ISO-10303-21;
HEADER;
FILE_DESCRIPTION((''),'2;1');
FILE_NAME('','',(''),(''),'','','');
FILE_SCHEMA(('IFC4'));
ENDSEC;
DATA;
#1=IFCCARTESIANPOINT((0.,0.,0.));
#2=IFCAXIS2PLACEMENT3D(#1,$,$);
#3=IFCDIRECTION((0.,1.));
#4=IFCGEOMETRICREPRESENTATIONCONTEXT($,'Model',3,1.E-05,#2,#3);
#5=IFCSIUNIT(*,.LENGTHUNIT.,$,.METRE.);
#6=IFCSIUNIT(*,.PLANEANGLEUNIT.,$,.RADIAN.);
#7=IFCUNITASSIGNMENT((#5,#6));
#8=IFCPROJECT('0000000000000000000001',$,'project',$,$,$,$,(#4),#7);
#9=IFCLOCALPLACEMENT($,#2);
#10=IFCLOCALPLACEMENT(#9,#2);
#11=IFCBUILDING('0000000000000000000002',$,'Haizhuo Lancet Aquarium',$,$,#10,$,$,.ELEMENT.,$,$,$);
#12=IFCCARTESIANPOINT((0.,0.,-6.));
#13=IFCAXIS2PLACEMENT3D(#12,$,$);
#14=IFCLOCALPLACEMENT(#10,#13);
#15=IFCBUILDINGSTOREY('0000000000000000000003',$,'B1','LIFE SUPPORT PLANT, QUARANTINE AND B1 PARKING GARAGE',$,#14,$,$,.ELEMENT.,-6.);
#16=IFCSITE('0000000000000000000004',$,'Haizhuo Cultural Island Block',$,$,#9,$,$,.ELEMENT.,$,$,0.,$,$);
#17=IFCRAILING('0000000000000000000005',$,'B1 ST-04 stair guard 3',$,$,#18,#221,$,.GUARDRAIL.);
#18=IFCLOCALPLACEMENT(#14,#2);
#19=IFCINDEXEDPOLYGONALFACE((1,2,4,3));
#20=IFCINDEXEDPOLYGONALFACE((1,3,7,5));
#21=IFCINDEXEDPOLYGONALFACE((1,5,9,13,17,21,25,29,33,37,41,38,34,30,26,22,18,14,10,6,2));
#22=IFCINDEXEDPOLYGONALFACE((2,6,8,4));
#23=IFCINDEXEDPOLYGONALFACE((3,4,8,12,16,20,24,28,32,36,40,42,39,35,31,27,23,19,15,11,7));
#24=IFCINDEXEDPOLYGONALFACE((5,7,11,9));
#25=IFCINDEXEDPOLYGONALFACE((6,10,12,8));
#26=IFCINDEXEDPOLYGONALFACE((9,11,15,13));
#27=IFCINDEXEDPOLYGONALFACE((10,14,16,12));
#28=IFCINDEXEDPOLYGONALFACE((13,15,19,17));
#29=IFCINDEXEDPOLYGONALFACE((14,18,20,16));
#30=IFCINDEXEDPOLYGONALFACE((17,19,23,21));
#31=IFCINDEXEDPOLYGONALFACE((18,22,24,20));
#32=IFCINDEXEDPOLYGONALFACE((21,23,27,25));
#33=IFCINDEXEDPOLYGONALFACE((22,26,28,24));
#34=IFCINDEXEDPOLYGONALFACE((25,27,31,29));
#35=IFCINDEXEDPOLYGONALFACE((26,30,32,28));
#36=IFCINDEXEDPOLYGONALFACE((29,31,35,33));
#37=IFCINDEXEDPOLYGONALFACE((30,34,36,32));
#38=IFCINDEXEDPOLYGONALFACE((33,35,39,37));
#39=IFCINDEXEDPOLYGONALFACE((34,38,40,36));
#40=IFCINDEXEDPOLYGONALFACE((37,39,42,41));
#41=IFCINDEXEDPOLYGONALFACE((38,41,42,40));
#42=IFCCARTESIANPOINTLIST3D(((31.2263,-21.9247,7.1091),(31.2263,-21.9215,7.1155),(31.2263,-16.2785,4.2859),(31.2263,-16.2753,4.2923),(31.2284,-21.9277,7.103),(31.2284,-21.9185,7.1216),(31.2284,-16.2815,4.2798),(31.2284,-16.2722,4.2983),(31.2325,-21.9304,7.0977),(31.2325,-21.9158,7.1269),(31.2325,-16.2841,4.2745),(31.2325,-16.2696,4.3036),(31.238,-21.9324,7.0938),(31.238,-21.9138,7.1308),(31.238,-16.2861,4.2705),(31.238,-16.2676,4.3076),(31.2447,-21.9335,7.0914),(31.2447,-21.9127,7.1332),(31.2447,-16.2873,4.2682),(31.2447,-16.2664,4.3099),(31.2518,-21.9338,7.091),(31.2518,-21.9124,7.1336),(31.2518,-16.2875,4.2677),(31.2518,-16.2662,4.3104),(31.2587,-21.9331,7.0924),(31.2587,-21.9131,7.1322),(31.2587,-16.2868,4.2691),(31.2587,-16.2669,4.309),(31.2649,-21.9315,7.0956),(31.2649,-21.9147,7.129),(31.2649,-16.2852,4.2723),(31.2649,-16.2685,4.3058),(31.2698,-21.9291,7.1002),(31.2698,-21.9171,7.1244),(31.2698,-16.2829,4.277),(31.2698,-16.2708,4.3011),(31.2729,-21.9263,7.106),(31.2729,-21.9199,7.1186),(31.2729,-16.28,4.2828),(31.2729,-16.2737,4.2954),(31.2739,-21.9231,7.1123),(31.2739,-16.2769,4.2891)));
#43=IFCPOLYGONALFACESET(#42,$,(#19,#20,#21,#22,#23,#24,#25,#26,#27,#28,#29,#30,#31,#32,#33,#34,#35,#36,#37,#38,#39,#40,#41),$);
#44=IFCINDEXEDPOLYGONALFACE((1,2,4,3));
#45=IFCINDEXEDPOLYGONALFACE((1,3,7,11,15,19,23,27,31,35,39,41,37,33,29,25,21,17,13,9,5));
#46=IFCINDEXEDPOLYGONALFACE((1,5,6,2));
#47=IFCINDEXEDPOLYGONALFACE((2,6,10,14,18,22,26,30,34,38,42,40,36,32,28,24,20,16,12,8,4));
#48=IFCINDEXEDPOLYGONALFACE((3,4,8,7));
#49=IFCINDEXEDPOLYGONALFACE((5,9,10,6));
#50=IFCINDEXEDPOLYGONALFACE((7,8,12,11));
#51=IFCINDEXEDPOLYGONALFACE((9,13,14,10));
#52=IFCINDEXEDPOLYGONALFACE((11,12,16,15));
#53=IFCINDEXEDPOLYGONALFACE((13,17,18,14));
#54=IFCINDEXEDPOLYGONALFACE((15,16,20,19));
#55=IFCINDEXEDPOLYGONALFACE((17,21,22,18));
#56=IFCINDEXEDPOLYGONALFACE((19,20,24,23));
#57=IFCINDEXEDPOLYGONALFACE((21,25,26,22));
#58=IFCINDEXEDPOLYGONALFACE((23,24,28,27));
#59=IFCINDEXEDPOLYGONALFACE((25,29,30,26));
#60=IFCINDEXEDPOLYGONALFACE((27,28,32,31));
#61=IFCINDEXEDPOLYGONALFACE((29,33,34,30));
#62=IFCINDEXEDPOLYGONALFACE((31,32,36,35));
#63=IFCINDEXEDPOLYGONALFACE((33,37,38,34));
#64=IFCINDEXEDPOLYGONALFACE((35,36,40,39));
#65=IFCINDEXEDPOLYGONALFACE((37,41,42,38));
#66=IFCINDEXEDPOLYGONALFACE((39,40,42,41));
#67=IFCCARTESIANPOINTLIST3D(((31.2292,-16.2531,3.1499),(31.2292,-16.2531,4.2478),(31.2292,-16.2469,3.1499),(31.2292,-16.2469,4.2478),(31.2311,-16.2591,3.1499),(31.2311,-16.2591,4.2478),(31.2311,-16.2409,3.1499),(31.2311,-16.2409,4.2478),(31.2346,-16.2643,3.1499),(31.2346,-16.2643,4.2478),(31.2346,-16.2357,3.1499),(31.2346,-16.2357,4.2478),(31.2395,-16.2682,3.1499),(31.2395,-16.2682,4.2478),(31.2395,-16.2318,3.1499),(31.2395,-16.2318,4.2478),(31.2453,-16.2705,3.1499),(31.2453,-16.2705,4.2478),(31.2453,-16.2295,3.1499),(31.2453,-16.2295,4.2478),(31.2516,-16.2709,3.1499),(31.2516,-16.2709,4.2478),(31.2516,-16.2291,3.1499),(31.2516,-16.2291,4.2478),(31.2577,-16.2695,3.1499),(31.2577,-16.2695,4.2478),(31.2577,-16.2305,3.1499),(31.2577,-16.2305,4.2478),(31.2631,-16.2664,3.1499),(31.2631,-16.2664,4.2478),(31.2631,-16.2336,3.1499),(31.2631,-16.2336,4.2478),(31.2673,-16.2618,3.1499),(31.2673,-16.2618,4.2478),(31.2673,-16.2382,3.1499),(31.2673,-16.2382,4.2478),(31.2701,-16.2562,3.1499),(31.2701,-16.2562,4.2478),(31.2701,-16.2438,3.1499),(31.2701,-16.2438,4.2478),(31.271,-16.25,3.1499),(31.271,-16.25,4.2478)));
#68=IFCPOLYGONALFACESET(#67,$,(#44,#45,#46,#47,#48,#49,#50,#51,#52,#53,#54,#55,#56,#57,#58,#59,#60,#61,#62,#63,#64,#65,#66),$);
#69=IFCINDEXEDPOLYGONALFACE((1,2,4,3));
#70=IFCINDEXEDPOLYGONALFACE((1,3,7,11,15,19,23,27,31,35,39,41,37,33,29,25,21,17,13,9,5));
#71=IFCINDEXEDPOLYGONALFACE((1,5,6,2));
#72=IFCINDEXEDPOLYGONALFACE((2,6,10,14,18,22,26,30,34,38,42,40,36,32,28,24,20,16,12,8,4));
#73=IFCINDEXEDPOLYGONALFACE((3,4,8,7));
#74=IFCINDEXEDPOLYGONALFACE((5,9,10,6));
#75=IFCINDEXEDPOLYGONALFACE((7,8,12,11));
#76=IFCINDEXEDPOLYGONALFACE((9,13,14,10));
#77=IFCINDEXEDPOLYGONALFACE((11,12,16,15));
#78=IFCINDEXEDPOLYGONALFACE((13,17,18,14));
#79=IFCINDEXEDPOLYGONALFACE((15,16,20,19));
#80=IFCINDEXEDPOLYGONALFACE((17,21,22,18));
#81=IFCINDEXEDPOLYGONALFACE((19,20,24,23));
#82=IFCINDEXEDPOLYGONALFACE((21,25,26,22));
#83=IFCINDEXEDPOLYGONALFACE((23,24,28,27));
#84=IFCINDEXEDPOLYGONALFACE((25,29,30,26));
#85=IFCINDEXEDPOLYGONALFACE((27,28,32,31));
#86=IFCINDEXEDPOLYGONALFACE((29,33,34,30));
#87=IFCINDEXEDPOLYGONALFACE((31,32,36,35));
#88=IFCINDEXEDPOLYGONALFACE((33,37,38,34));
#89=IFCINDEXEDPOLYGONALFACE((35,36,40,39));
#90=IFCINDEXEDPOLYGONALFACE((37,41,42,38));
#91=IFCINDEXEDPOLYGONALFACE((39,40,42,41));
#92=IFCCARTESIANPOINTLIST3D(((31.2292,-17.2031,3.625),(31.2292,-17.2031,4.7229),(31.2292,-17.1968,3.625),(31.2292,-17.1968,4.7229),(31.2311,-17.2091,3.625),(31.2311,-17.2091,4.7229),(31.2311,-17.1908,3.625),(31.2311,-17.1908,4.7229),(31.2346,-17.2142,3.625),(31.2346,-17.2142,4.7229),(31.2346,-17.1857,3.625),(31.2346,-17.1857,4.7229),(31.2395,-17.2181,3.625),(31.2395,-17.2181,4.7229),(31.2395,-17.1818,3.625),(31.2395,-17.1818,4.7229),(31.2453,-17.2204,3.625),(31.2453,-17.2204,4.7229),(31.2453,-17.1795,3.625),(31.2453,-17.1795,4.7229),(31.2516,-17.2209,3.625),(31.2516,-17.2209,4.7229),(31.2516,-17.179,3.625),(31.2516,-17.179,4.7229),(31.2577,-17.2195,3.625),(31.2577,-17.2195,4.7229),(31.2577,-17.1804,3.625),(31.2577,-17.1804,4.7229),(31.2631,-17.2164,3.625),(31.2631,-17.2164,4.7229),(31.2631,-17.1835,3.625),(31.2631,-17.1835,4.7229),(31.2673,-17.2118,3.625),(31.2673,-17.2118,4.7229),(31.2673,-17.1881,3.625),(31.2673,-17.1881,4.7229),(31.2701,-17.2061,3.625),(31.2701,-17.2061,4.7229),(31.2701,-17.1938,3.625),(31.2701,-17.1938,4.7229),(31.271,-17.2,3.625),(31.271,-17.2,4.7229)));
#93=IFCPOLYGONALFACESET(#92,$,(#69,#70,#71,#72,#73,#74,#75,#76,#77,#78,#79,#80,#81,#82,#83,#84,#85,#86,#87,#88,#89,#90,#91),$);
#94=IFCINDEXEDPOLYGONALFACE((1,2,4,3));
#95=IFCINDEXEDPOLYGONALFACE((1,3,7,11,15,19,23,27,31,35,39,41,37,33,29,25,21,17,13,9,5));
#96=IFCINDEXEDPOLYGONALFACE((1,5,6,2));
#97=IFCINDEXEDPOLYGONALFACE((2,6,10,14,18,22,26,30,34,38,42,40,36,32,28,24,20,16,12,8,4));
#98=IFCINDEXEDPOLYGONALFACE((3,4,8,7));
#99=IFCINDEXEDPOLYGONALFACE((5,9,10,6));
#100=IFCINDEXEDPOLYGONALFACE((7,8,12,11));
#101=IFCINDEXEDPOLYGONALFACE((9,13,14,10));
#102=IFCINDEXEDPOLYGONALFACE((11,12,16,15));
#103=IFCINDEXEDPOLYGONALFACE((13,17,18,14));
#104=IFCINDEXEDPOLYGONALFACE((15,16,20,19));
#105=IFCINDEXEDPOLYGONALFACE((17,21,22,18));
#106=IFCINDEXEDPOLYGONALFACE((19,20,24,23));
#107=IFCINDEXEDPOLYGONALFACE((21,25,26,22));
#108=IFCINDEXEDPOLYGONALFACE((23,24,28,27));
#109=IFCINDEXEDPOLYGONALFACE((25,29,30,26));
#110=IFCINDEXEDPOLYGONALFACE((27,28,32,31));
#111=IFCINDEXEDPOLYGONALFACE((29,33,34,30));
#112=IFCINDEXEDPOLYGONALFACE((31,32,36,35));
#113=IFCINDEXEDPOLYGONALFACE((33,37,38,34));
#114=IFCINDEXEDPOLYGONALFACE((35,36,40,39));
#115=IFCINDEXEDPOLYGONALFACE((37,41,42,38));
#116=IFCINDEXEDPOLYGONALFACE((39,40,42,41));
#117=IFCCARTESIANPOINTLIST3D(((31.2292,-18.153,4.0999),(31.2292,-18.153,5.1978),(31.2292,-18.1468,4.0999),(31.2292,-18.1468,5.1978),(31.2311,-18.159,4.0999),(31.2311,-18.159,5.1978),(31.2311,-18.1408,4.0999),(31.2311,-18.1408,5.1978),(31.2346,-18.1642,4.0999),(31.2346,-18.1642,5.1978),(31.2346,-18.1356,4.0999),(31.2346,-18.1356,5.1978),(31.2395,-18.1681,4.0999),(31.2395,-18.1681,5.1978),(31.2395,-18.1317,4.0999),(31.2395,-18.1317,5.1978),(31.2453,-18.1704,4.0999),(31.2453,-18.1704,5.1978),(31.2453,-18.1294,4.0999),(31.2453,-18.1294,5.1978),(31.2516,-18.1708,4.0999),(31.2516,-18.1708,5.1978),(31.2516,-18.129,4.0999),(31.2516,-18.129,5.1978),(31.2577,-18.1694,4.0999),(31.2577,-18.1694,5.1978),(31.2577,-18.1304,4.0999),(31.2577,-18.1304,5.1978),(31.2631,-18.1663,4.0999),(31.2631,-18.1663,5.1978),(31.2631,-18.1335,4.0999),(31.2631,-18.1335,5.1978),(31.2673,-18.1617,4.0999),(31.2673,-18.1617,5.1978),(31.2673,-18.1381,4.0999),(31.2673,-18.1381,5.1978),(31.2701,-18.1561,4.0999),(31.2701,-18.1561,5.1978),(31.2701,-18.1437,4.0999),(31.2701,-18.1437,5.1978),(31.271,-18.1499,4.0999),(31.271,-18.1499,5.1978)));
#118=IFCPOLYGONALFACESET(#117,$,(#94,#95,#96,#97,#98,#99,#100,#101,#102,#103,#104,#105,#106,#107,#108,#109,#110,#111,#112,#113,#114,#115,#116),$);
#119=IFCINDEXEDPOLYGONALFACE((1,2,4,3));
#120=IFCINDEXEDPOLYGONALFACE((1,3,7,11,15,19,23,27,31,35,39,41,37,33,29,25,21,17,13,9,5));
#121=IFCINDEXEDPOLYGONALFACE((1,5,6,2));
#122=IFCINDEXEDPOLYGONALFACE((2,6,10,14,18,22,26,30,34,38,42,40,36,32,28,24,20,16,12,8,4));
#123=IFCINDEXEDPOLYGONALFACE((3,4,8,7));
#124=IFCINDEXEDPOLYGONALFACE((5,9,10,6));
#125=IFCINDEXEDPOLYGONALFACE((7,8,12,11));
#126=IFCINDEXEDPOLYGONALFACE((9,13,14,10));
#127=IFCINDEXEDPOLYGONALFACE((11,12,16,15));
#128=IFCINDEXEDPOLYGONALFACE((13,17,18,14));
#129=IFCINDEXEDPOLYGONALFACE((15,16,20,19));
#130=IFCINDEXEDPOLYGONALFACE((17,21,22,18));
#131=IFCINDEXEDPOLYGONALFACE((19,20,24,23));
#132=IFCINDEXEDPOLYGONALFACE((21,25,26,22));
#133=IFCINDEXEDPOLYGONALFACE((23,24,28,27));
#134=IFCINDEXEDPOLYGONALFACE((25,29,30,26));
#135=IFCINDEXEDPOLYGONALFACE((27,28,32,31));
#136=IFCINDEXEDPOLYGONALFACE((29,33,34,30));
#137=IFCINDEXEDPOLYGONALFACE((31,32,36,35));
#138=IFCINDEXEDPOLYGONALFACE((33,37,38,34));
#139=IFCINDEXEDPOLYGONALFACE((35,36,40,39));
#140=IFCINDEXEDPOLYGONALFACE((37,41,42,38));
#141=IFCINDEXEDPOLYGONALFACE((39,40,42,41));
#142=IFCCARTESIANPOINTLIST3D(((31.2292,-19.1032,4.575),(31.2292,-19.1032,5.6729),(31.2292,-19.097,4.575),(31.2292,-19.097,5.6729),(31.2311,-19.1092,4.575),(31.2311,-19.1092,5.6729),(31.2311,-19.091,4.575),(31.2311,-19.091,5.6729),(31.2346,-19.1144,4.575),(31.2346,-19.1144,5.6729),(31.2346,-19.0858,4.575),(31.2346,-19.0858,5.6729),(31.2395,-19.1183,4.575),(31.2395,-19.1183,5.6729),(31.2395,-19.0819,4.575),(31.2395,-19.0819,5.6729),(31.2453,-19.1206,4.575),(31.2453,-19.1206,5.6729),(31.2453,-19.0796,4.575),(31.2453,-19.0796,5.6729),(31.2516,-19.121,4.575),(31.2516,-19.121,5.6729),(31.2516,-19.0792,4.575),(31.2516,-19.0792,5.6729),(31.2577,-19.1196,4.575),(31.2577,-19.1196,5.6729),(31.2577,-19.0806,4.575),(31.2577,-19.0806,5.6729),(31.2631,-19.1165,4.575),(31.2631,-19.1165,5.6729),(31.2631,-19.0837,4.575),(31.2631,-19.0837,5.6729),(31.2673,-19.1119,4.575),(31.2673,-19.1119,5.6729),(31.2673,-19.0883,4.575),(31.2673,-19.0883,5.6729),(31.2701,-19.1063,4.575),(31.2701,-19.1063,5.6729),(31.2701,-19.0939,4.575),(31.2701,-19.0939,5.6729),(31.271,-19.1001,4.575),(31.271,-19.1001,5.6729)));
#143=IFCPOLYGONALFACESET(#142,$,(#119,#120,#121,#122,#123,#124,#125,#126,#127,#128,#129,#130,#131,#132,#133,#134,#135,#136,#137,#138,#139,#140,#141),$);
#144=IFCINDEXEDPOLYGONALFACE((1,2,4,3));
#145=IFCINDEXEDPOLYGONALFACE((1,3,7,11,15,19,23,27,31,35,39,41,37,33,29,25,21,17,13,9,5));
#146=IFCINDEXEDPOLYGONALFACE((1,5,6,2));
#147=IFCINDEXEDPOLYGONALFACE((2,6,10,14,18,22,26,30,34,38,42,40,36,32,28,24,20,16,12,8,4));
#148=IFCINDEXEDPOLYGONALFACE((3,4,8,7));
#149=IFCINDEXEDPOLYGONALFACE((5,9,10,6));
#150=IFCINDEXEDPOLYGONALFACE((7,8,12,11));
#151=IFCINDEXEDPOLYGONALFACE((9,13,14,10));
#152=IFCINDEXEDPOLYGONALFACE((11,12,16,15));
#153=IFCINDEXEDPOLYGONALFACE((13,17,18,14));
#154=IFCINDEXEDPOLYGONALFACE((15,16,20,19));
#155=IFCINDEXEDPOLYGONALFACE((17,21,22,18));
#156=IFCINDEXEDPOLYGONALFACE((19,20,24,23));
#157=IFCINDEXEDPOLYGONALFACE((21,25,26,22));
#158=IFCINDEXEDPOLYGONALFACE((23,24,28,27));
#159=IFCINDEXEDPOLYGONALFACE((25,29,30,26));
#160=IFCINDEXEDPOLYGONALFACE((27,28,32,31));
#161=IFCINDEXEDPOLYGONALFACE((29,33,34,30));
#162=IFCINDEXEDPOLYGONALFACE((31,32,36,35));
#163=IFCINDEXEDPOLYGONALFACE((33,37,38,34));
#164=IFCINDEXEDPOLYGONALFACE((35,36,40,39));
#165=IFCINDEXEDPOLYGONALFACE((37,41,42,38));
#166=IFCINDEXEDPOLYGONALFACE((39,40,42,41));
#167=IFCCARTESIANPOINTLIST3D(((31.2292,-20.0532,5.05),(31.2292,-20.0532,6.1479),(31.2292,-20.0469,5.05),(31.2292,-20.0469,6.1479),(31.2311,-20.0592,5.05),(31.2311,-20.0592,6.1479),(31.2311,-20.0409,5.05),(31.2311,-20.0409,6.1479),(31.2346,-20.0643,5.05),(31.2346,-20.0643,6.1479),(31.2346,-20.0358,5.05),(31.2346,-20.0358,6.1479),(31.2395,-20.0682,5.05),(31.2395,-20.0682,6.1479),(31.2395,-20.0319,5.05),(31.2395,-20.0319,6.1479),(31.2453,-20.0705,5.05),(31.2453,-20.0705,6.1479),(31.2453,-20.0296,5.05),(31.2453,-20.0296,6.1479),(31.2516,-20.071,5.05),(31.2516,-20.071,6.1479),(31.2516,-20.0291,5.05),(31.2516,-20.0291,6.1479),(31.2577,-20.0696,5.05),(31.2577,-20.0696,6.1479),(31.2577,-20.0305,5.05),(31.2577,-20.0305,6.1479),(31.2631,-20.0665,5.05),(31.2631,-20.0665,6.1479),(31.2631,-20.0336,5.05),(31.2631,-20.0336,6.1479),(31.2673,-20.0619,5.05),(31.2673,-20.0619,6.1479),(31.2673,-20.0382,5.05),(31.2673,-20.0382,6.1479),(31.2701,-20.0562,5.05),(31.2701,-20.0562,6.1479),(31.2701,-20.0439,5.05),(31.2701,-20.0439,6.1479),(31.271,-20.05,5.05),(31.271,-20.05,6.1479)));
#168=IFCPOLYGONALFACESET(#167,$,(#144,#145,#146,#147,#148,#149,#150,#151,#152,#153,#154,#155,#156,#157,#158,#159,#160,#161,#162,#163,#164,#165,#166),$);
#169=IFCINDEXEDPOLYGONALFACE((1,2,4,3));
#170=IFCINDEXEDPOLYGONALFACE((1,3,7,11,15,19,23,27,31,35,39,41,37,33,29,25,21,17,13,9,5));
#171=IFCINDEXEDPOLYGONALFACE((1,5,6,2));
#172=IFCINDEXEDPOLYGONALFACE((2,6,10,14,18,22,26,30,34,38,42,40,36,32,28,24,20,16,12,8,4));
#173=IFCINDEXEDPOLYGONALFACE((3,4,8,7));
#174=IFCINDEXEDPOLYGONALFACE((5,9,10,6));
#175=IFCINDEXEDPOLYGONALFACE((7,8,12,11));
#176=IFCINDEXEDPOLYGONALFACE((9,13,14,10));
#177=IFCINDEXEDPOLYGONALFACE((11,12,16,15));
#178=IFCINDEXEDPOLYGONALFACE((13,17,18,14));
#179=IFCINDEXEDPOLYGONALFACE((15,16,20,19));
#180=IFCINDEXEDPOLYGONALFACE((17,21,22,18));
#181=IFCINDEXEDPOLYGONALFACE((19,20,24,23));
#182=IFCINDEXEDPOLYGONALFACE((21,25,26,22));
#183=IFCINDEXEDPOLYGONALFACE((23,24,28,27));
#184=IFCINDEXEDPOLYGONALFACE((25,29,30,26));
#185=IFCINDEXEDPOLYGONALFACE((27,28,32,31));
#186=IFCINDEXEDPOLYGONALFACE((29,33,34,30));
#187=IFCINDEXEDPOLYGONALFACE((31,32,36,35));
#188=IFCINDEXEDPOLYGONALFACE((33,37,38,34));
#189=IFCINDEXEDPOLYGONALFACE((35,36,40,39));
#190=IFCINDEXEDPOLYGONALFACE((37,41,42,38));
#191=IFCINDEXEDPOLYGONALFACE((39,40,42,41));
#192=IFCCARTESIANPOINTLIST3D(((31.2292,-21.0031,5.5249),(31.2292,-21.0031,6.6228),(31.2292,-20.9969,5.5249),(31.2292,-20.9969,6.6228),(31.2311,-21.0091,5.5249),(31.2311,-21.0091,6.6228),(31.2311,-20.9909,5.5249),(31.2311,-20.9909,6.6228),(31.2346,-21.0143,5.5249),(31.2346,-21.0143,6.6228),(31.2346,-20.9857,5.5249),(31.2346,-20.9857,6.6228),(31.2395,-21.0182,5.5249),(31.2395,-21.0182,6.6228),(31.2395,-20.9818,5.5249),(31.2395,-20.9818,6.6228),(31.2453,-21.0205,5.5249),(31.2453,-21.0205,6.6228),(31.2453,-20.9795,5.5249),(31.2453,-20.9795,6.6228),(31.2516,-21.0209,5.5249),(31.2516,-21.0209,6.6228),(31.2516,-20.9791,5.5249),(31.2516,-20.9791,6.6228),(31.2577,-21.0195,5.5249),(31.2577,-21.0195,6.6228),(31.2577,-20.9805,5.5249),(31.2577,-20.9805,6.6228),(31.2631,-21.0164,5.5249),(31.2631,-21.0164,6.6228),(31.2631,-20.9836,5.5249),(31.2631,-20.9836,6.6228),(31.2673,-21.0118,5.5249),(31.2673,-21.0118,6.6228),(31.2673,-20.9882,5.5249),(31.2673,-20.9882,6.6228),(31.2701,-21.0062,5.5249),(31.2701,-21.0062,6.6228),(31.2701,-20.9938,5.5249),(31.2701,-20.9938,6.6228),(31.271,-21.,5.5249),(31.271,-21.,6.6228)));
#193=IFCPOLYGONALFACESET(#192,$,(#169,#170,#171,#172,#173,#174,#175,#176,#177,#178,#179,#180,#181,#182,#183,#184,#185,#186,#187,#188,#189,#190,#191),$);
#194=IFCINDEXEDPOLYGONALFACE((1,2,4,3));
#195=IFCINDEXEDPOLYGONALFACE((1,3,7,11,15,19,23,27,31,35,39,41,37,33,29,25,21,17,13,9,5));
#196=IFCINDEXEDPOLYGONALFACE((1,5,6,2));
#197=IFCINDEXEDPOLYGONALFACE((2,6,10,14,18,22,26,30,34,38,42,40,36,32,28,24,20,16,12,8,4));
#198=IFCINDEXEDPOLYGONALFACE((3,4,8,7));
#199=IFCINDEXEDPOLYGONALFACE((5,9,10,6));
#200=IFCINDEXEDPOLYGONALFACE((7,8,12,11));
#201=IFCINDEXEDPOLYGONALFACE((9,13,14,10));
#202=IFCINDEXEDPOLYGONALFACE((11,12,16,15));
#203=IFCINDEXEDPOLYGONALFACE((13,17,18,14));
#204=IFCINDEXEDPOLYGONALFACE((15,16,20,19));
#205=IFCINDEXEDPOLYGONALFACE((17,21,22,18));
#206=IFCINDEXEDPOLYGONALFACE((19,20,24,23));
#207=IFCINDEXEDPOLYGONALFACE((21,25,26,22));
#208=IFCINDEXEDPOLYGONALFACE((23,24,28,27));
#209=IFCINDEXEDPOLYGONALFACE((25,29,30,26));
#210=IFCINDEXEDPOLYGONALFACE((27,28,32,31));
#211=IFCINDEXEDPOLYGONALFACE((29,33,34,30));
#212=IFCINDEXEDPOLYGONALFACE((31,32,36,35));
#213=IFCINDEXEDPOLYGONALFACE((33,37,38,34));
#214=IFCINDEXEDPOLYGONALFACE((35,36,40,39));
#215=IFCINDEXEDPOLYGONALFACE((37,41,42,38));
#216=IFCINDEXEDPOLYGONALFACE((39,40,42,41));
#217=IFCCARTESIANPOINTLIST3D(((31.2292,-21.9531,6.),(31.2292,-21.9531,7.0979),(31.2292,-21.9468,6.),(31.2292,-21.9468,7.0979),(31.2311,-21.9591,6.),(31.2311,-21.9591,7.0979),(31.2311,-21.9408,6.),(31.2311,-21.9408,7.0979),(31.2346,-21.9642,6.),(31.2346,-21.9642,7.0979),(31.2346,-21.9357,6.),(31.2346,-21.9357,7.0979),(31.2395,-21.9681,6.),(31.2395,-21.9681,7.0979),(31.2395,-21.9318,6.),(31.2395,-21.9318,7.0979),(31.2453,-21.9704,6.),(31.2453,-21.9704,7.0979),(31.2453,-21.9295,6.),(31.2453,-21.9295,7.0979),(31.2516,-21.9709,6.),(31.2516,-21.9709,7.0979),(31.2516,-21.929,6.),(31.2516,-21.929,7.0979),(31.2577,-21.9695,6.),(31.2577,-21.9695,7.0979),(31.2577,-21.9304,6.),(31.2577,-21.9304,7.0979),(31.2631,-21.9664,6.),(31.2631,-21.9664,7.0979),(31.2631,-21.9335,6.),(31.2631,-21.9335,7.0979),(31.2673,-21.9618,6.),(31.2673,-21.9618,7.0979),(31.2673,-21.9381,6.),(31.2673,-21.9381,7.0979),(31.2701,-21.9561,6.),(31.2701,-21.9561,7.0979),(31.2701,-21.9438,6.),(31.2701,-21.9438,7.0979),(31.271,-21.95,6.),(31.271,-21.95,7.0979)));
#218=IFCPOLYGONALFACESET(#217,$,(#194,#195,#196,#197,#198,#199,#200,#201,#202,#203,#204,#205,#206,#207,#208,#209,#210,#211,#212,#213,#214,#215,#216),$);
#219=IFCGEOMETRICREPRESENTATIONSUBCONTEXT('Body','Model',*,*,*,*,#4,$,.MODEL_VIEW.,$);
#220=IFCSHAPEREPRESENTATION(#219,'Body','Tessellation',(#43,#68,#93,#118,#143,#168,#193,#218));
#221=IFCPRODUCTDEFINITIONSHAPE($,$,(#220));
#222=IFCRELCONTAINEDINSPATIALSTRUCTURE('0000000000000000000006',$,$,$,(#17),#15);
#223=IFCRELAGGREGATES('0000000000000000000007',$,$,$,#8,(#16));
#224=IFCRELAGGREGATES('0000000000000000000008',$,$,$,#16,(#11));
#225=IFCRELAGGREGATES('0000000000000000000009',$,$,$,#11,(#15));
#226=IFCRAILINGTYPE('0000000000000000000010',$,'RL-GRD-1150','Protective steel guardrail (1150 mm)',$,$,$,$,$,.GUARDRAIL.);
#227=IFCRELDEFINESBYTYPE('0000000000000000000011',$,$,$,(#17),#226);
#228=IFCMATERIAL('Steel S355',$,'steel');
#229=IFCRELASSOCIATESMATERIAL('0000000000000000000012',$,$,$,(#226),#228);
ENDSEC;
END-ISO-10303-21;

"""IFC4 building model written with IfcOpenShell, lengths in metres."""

from ifc_helpers import new_model, si_unit, direction, frame, origin, origin_2d, place, context, subcontext, project, spatial, circle, extrude, material, type_object, element, save


model = new_model("IFC4")

# Units and contexts
model_context = context("Model", 3, precision=1e-05, world=origin(), true_north=direction((0.0, 1.0)))
body_context = subcontext(model_context, "Body", "Model", "MODEL_VIEW")
ifc_project = project(units=[si_unit("LENGTHUNIT", "METRE"), si_unit("PLANEANGLEUNIT", "RADIAN")], contexts=[model_context])

# Site, building, storey
site_placement = place(None, origin())
site = spatial("IfcSite", under=ifc_project, at=site_placement, Name="Haizhuo Cultural Island Block", CompositionType="ELEMENT", RefElevation=0.0)
building_placement = place(site_placement, origin())
building = spatial("IfcBuilding", under=site, at=building_placement, Name="Haizhuo Lancet Aquarium", CompositionType="ELEMENT")
storey_placement = place(building_placement, frame((0.0, 0.0, -6.0)))
storey = spatial("IfcBuildingStorey", under=building, at=storey_placement, Name="B1", Description="LIFE SUPPORT PLANT, QUARANTINE AND B1 PARKING GARAGE", CompositionType="ELEMENT", Elevation=-6.0)

# Shared definitions
ifc_material_1 = material(Name="Steel S355", Category="steel")

# Railing
railing_type_1 = type_object("IfcRailingType", Name="RL-GRD-1150", Description="Protective steel guardrail (1150 mm)", PredefinedType="GUARDRAIL", material=ifc_material_1)
railing_1_placement = place(storey_placement, frame((31.25, -16.25, 3.1499)))
element("IfcRailing", 1, at=railing_1_placement, inside=storey, type_object=railing_type_1, Name="B1 ST-04 stair guard 3", PredefinedType="GUARDRAIL", context=body_context, shape_type="SweptSolid", body=[
    extrude(circle(Radius=0.0239, at=origin_2d()), frame((0.0, -0.0269, 1.1392), z_axis=(0.0, -0.89442, 0.447229), x_axis=(1.0, 0.0, 0.0)), (0.0, 0.0, 1.0), 6.3127),
    extrude(circle(Radius=0.021, at=origin_2d()), origin(), (0.0, 0.0, 1.0), 1.0979),
    extrude(circle(Radius=0.021, at=origin_2d()), frame((0.0, -0.95, 0.4751)), (0.0, 0.0, 1.0), 1.0979),
    extrude(circle(Radius=0.021, at=origin_2d()), frame((0.0, -1.8999, 0.95)), (0.0, 0.0, 1.0), 1.0979),
    extrude(circle(Radius=0.021, at=origin_2d()), frame((0.0, -2.8501, 1.425)), (0.0, 0.0, 1.0), 1.0979),
    extrude(circle(Radius=0.021, at=origin_2d()), frame((0.0, -3.8, 1.9001)), (0.0, 0.0, 1.0), 1.0979),
    extrude(circle(Radius=0.021, at=origin_2d()), frame((0.0, -4.75, 2.375)), (0.0, 0.0, 1.0), 1.0979),
    extrude(circle(Radius=0.021, at=origin_2d()), frame((0.0, -5.7, 2.8501)), (0.0, 0.0, 1.0), 1.0979),
])

save(model, "model.ifc")
